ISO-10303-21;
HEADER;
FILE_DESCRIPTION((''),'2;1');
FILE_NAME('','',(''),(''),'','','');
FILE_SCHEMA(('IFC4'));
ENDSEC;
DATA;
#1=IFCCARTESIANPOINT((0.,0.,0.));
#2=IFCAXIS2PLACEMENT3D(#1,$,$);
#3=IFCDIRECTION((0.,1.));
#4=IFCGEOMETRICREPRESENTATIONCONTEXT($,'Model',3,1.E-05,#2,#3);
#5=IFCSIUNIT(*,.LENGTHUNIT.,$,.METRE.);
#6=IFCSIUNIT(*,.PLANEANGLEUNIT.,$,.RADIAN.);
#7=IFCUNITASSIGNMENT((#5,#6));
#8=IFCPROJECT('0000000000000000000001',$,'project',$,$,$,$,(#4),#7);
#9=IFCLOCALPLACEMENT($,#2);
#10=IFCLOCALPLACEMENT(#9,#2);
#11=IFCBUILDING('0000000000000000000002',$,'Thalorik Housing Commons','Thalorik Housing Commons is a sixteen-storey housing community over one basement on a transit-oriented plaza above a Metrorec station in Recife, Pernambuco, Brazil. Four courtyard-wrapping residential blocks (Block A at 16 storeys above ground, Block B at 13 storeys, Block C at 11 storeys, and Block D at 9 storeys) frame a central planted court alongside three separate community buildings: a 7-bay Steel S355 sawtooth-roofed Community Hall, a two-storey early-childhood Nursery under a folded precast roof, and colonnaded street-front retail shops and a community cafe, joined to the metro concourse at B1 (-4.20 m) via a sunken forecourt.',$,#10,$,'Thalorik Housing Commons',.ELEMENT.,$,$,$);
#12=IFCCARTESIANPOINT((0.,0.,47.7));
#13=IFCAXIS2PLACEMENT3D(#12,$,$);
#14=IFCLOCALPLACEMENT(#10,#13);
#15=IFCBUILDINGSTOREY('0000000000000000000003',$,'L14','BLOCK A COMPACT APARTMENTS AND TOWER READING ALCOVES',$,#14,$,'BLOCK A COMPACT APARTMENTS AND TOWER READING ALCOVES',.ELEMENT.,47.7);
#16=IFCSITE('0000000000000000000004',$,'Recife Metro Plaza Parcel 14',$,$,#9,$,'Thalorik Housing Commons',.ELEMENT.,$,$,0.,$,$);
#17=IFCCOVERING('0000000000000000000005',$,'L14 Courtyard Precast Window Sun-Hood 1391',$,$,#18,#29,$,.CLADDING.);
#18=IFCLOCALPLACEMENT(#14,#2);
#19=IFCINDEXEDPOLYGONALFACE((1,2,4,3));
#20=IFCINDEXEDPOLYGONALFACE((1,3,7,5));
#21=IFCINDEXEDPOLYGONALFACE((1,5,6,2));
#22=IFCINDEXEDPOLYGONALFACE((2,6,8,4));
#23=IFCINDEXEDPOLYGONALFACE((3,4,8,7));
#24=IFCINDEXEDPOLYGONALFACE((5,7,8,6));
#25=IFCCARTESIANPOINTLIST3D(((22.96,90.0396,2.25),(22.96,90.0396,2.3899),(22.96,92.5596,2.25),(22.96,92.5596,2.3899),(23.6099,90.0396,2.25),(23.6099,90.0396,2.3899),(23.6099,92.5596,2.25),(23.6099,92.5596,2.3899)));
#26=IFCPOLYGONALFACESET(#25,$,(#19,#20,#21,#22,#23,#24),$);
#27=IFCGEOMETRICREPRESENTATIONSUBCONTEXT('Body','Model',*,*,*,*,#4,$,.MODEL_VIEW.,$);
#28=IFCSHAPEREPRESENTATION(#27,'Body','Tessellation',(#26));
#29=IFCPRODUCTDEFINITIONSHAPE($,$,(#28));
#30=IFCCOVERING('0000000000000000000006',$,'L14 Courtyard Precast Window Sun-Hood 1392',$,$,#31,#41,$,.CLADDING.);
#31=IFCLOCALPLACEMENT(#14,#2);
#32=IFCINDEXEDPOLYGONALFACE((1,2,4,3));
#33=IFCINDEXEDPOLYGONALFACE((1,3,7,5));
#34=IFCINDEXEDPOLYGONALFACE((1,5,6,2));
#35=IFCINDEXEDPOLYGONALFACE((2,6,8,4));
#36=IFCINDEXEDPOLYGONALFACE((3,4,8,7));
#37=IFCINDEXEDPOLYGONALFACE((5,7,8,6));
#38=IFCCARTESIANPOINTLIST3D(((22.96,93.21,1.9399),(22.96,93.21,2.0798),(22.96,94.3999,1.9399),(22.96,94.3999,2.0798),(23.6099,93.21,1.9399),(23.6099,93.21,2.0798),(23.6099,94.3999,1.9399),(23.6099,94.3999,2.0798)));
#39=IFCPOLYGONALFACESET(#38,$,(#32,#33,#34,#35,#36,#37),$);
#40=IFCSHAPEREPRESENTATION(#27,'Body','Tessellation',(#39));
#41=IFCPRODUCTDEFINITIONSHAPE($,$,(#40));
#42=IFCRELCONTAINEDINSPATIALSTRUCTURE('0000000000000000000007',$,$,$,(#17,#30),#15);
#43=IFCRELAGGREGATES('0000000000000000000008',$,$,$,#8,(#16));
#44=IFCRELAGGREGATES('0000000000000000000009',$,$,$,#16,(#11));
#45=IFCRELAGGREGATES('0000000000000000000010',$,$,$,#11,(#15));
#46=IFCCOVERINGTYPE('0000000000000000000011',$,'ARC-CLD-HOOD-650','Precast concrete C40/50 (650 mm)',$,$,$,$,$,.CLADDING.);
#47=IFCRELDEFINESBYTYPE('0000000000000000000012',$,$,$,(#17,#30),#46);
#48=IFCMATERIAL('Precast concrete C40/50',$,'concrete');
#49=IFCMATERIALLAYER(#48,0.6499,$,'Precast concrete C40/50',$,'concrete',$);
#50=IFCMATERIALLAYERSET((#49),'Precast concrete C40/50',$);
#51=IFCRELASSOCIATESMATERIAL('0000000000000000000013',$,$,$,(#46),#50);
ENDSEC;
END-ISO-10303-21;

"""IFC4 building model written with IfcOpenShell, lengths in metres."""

from ifc_helpers import new_model, si_unit, direction, frame, origin, origin_2d, place, context, subcontext, project, spatial, rectangle, extrude, material, layer, layer_set, type_object, element, save


model = new_model("IFC4")

# Units and contexts
model_context = context("Model", 3, precision=1e-05, world=origin(), true_north=direction((0.0, 1.0)))
body_context = subcontext(model_context, "Body", "Model", "MODEL_VIEW")
ifc_project = project(units=[si_unit("LENGTHUNIT", "METRE"), si_unit("PLANEANGLEUNIT", "RADIAN")], contexts=[model_context])

# Site, building, storey
site_placement = place(None, origin())
site = spatial("IfcSite", under=ifc_project, at=site_placement, Name="Recife Metro Plaza Parcel 14", LongName="Thalorik Housing Commons", CompositionType="ELEMENT", RefElevation=0.0)
building_placement = place(site_placement, origin())
building = spatial("IfcBuilding", under=site, at=building_placement, Name="Thalorik Housing Commons", Description="Thalorik Housing Commons is a sixteen-storey housing community over one basement on a transit-oriented plaza above a Metrorec station in Recife, Pernambuco, Brazil. Four courtyard-wrapping residential blocks (Block A at 16 storeys above ground, Block B at 13 storeys, Block C at 11 storeys, and Block D at 9 storeys) frame a central planted court alongside three separate community buildings: a 7-bay Steel S355 sawtooth-roofed Community Hall, a two-storey early-childhood Nursery under a folded precast roof, and colonnaded street-front retail shops and a community cafe, joined to the metro concourse at B1 (-4.20 m) via a sunken forecourt.", LongName="Thalorik Housing Commons", CompositionType="ELEMENT")
storey_placement = place(building_placement, frame((0.0, 0.0, 47.7)))
storey = spatial("IfcBuildingStorey", under=building, at=storey_placement, Name="L14", Description="BLOCK A COMPACT APARTMENTS AND TOWER READING ALCOVES", LongName="BLOCK A COMPACT APARTMENTS AND TOWER READING ALCOVES", CompositionType="ELEMENT", Elevation=47.7)

# Shared definitions
ifc_material_1 = material(Name="Precast concrete C40/50", Category="concrete")

# Coverings
ifc_layer_1 = layer(ifc_material_1, 0.6499, Name="Precast concrete C40/50", Category="concrete")
ifc_layer_set_1 = layer_set([ifc_layer_1], Name="Precast concrete C40/50")
covering_type_1 = type_object("IfcCoveringType", Name="ARC-CLD-HOOD-650", Description="Precast concrete C40/50 (650 mm)", PredefinedType="CLADDING", material=ifc_layer_set_1)
covering_1_placement = place(storey_placement, frame((23.2849, 91.2996, 2.25), z_axis=(0.0, 0.0, 1.0), x_axis=(0.0, 1.0, 0.0)))
element("IfcCovering", 1, at=covering_1_placement, inside=storey, type_object=covering_type_1, Name="L14 Courtyard Precast Window Sun-Hood 1391", PredefinedType="CLADDING", context=body_context, shape_type="SweptSolid", body=[
    extrude(rectangle(XDim=2.52, YDim=0.6499, at=origin_2d()), origin(), (0.0, 0.0, 1.0), 0.1399),
])
covering_2_placement = place(storey_placement, frame((23.2849, 93.8049, 1.9399), z_axis=(0.0, 0.0, 1.0), x_axis=(0.0, 1.0, 0.0)))
element("IfcCovering", 2, at=covering_2_placement, inside=storey, type_object=covering_type_1, Name="L14 Courtyard Precast Window Sun-Hood 1392", PredefinedType="CLADDING", context=body_context, shape_type="SweptSolid", body=[
    extrude(rectangle(XDim=1.1899, YDim=0.6499, at=origin_2d()), origin(), (0.0, 0.0, 1.0), 0.1399),
])

save(model, "model.ifc")
